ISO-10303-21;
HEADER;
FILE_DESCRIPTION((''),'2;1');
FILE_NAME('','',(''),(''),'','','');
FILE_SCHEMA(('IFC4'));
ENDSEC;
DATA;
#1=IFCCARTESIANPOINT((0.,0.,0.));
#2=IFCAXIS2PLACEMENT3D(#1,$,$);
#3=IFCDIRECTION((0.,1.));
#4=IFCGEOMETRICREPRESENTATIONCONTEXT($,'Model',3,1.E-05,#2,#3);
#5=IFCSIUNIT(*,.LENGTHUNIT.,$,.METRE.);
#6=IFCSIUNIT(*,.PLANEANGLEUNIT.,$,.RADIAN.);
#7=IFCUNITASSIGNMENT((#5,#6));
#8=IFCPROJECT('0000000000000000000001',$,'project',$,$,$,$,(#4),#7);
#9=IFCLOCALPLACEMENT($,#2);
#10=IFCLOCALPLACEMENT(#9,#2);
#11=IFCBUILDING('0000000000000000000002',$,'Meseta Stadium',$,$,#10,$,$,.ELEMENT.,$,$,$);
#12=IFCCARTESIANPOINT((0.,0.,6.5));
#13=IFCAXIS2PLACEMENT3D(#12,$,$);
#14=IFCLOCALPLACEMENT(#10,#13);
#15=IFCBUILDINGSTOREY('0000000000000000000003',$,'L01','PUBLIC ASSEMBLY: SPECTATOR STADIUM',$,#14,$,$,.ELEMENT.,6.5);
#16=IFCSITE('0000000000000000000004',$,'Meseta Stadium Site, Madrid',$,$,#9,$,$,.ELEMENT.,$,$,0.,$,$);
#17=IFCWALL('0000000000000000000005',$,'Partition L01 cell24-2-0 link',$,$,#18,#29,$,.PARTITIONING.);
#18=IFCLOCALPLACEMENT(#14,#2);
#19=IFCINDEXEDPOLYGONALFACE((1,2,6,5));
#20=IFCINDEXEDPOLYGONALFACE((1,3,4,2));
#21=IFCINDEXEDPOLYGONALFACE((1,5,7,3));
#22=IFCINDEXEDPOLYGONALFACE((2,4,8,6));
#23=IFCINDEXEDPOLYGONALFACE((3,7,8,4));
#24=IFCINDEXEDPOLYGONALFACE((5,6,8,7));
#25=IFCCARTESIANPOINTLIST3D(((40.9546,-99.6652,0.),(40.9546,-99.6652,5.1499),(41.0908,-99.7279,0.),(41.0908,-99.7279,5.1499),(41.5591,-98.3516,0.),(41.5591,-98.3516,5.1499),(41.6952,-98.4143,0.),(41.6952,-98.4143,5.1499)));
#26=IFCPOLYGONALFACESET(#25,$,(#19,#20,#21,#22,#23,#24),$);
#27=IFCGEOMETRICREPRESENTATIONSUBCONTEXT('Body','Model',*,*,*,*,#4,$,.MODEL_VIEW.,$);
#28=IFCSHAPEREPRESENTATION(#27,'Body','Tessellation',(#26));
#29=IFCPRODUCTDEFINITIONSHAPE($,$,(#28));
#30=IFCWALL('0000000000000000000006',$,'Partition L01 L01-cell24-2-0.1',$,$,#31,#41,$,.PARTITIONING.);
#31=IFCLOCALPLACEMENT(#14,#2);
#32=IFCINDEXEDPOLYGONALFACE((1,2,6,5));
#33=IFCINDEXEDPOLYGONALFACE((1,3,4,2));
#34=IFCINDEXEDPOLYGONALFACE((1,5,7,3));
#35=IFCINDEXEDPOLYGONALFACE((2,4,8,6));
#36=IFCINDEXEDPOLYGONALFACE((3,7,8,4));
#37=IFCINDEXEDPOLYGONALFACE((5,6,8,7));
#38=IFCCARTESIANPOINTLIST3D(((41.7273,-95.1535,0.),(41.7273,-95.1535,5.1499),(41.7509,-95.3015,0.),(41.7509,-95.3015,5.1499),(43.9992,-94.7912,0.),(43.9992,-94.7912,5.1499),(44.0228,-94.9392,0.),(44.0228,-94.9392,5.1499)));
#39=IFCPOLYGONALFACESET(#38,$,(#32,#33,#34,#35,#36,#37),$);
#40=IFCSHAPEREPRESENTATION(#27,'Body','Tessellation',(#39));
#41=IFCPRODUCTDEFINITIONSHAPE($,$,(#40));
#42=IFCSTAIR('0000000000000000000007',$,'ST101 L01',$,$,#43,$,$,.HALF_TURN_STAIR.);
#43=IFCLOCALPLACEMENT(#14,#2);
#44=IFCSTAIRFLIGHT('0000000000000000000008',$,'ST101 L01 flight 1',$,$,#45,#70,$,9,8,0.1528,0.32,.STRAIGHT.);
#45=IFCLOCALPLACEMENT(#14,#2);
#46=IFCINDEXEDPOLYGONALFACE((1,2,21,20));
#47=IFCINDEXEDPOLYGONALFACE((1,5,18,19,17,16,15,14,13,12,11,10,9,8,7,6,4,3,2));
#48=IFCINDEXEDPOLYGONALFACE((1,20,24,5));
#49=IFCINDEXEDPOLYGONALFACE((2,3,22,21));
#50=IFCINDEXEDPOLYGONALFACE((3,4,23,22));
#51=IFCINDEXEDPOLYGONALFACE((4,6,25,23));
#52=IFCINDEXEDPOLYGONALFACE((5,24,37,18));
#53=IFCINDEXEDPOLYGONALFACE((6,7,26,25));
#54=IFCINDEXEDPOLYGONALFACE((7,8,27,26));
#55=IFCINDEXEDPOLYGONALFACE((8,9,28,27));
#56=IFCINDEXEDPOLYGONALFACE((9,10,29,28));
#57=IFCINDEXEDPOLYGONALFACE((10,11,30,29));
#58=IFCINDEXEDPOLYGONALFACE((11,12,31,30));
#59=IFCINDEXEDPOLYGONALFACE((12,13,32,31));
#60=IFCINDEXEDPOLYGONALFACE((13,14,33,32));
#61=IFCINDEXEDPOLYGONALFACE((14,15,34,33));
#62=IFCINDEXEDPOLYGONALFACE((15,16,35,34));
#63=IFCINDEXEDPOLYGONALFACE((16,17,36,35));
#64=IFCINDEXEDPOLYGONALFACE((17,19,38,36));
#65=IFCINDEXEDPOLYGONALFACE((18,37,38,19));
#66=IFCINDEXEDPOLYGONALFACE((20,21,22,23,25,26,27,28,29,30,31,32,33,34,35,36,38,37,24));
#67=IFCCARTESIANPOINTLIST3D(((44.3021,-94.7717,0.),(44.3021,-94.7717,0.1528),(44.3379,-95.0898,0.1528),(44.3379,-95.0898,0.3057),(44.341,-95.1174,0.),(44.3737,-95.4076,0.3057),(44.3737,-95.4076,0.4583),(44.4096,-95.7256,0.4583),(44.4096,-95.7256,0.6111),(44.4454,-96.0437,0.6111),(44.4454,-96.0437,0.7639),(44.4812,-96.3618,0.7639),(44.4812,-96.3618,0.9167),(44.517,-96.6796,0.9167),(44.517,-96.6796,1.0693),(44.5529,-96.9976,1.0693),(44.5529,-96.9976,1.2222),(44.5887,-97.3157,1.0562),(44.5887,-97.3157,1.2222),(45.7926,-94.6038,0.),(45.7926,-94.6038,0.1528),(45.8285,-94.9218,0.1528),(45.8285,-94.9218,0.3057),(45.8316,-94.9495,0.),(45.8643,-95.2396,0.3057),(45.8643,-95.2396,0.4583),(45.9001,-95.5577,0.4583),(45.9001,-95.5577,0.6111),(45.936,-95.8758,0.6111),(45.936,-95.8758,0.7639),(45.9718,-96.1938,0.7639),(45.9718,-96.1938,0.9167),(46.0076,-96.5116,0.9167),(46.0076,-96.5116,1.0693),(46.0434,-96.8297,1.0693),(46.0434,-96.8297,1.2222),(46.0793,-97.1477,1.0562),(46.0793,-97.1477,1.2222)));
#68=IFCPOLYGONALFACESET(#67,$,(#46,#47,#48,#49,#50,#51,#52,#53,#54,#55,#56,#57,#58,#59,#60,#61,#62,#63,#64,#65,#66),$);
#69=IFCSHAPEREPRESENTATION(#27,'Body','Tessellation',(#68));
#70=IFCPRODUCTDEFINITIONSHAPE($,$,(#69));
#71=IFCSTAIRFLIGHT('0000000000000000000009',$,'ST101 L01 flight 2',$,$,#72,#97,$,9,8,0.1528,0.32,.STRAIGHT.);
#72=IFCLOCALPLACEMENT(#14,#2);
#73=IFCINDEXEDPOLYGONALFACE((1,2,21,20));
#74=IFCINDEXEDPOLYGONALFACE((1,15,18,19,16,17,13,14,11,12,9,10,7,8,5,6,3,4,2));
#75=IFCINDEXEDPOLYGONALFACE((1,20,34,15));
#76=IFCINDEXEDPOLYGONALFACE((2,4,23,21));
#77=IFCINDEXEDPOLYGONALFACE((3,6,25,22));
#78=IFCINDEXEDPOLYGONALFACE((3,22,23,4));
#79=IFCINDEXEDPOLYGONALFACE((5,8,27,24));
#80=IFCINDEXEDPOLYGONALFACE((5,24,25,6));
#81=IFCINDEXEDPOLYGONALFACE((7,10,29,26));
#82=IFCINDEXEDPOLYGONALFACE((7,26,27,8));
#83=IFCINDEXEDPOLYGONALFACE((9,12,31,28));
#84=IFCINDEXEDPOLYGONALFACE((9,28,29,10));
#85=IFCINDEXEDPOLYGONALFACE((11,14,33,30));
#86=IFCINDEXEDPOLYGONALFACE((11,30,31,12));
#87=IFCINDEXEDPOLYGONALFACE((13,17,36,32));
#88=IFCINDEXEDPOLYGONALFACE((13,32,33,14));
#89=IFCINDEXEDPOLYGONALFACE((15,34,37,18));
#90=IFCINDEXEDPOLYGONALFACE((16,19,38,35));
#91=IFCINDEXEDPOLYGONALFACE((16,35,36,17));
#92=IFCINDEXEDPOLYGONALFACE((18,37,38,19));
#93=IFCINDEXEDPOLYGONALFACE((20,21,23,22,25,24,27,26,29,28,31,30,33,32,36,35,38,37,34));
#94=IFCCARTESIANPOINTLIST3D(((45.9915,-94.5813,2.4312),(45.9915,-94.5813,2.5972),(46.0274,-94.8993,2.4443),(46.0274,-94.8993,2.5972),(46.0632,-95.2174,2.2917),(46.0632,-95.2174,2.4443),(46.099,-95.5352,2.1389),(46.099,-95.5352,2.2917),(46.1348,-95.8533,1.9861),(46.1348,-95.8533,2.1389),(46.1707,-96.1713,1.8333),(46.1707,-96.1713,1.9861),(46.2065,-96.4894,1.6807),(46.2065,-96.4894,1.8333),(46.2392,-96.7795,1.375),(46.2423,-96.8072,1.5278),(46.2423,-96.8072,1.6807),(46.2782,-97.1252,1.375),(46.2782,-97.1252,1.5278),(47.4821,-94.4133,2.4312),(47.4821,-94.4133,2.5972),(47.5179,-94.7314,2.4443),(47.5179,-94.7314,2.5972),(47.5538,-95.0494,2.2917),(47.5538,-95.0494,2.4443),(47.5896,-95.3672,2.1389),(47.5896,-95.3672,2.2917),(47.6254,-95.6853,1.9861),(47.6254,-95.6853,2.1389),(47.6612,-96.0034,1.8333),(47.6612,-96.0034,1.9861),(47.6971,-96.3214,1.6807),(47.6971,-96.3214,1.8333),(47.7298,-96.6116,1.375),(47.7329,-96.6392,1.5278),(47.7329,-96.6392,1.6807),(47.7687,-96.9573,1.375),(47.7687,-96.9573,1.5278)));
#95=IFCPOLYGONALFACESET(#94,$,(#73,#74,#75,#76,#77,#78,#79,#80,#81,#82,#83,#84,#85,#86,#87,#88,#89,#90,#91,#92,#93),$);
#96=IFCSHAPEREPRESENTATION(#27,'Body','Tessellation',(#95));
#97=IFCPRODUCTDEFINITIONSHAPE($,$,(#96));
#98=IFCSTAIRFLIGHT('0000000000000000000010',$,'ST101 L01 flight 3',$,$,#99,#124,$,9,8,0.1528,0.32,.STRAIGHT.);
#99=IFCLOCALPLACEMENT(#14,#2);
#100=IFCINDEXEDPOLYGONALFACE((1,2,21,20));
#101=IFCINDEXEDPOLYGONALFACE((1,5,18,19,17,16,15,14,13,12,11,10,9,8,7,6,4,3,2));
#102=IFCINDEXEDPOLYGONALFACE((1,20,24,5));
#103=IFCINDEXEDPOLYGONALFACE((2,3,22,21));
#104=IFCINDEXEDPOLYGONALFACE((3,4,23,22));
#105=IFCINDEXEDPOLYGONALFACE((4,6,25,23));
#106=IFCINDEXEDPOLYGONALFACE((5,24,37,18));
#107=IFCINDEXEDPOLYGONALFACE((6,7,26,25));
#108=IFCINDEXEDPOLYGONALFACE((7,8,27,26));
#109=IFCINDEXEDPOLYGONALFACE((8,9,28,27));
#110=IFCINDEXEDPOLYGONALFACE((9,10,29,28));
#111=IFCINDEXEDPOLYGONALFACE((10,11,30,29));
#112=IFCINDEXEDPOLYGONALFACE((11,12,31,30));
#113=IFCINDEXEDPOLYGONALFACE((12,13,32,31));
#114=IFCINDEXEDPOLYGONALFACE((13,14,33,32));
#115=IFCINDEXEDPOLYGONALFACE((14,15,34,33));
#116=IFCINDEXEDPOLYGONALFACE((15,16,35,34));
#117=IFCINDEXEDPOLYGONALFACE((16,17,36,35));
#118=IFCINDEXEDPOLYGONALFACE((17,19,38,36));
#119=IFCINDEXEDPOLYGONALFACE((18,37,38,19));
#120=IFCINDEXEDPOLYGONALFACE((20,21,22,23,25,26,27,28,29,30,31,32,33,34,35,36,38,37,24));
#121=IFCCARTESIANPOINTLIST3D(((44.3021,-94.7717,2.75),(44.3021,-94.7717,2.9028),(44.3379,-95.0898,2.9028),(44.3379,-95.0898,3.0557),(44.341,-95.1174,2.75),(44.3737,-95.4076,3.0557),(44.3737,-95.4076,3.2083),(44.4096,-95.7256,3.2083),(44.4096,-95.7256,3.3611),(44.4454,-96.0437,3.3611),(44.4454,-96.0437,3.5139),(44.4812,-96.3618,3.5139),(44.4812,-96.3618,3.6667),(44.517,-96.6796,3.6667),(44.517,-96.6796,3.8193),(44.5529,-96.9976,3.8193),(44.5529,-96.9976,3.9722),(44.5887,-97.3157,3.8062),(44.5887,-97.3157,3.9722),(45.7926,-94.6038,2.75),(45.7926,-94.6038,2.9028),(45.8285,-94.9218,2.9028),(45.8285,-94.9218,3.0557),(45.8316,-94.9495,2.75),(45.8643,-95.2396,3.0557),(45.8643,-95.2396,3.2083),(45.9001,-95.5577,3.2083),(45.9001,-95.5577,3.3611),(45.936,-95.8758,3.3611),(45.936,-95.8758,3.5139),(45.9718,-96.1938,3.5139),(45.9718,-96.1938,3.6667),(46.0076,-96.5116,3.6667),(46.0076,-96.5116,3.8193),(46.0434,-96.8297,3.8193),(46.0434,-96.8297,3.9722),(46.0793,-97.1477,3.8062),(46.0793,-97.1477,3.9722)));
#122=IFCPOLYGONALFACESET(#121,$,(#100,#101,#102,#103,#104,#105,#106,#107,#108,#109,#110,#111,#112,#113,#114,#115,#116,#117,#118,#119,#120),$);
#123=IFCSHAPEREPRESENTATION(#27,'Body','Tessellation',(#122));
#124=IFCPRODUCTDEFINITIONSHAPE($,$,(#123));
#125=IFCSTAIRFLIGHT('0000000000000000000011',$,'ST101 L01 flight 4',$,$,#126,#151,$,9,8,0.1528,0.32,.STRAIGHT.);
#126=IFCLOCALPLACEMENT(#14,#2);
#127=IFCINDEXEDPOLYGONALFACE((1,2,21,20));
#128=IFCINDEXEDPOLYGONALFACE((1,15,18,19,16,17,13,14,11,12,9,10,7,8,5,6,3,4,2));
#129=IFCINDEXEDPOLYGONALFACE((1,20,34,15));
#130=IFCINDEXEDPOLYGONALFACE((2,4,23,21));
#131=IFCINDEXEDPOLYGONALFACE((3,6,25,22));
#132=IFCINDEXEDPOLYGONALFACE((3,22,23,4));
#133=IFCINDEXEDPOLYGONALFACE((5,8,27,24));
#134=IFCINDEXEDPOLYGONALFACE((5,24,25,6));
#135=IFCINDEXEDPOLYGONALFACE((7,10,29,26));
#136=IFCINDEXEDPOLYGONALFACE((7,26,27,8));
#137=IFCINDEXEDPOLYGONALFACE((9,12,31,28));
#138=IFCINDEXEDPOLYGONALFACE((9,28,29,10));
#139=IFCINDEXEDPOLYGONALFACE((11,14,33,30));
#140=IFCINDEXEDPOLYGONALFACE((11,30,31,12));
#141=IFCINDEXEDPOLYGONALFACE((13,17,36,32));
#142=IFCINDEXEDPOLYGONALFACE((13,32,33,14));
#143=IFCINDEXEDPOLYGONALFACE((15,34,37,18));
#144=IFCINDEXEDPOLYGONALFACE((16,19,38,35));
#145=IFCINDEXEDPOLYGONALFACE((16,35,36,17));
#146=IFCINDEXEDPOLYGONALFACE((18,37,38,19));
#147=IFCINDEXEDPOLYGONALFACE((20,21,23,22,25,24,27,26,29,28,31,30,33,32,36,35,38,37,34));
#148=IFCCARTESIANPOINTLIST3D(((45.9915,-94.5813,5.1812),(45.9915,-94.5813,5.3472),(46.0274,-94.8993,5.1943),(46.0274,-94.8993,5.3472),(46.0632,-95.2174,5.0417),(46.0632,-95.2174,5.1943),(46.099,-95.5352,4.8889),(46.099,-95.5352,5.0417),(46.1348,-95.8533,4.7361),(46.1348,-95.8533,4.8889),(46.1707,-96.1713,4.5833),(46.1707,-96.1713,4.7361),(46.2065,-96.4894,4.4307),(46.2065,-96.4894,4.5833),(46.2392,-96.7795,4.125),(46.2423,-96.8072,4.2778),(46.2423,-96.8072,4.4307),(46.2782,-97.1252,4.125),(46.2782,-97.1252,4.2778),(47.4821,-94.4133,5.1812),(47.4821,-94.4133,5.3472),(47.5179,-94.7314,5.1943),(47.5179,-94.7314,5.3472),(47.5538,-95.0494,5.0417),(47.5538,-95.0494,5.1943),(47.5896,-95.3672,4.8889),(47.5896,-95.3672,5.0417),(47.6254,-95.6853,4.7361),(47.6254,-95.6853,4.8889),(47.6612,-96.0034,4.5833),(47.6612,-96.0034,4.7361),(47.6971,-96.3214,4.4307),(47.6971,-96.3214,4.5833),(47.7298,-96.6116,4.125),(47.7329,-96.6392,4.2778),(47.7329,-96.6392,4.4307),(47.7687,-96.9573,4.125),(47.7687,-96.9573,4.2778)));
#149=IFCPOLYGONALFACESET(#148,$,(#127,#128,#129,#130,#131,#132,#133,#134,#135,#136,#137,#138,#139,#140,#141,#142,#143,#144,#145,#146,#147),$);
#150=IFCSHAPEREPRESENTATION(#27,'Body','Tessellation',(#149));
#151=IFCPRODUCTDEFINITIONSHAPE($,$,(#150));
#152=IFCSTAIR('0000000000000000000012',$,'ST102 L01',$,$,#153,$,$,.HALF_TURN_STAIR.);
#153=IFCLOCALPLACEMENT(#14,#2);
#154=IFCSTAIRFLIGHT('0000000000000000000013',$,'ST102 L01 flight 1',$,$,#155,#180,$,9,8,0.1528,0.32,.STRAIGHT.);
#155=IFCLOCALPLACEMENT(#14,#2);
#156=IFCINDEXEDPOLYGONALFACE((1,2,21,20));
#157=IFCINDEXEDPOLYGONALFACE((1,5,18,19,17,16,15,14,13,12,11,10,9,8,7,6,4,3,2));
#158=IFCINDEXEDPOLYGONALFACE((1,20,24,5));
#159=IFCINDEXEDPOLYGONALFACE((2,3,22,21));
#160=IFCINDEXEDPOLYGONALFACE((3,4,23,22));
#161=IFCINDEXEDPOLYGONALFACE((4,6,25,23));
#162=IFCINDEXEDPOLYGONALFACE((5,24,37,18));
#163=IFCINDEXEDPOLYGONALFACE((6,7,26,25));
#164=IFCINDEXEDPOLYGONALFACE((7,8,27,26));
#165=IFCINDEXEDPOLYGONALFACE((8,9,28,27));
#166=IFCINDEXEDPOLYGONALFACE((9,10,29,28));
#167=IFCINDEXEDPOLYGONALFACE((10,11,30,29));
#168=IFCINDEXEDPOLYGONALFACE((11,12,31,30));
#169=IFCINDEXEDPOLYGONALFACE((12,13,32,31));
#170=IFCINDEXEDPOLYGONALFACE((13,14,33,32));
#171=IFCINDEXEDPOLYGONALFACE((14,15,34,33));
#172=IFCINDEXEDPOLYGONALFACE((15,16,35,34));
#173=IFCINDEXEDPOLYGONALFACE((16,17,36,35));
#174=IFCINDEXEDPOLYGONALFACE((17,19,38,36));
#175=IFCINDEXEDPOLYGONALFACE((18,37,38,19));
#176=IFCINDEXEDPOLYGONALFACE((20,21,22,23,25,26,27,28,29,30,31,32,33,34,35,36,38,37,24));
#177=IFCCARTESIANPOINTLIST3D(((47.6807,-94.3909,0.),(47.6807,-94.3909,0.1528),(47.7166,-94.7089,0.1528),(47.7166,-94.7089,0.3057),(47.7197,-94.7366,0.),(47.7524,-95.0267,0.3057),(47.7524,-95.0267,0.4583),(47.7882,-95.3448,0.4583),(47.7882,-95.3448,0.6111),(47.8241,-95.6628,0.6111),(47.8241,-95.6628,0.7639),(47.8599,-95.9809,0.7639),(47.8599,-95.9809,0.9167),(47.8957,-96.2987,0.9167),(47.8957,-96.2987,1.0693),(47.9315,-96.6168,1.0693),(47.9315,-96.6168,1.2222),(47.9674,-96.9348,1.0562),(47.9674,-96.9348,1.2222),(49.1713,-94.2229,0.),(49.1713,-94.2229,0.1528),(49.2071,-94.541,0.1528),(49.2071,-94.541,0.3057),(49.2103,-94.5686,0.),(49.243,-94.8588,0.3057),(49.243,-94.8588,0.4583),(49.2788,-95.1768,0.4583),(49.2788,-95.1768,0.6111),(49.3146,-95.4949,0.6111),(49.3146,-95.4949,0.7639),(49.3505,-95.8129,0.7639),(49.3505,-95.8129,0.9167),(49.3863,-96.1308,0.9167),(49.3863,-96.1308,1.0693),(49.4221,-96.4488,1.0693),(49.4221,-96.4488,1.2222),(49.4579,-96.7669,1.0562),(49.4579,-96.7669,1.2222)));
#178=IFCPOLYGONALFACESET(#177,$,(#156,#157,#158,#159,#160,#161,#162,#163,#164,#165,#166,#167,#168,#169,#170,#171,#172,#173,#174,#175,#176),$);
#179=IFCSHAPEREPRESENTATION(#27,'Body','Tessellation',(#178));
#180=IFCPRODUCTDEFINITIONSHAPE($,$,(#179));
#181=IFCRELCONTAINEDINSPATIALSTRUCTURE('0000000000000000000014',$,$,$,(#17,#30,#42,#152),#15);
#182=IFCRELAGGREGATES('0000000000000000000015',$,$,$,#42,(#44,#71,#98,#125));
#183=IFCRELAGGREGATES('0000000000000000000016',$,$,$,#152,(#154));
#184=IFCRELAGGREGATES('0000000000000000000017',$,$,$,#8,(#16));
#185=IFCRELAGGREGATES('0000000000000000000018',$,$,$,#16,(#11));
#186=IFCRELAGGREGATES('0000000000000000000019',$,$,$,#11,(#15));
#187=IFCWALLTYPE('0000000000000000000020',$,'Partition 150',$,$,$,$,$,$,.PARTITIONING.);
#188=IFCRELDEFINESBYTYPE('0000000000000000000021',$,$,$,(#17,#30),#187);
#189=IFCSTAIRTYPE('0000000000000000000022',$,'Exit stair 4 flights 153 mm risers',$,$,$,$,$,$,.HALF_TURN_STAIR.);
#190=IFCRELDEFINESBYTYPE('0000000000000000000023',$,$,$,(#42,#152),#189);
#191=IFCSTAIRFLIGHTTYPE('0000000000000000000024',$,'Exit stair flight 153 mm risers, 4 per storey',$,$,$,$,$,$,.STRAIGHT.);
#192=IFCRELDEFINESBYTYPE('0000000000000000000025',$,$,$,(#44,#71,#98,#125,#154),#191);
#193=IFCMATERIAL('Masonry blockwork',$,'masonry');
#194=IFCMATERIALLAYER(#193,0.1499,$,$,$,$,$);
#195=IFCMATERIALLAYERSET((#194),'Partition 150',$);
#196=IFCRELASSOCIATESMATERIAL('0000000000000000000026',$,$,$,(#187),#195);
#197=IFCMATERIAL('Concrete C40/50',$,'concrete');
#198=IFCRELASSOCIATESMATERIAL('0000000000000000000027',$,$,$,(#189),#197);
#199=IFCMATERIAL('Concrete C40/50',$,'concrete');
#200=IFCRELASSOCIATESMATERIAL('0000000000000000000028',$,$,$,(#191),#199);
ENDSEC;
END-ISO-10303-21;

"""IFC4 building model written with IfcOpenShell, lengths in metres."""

from ifc_helpers import new_model, si_unit, direction, frame, frame_2d, origin, place, context, subcontext, project, spatial, polyline, rectangle, outline, extrude, material, layer, layer_set, type_object, element, aggregate, save


model = new_model("IFC4")

# Units and contexts
model_context = context("Model", 3, precision=1e-05, world=origin(), true_north=direction((0.0, 1.0)))
body_context = subcontext(model_context, "Body", "Model", "MODEL_VIEW")
ifc_project = project(units=[si_unit("LENGTHUNIT", "METRE"), si_unit("PLANEANGLEUNIT", "RADIAN")], contexts=[model_context])

# Site, building, storey
site_placement = place(None, origin())
site = spatial("IfcSite", under=ifc_project, at=site_placement, Name="Meseta Stadium Site, Madrid", CompositionType="ELEMENT", RefElevation=0.0)
building_placement = place(site_placement, origin())
building = spatial("IfcBuilding", under=site, at=building_placement, Name="Meseta Stadium", CompositionType="ELEMENT")
storey_placement = place(building_placement, frame((0.0, 0.0, 6.5)))
storey = spatial("IfcBuildingStorey", under=building, at=storey_placement, Name="L01", Description="PUBLIC ASSEMBLY: SPECTATOR STADIUM", CompositionType="ELEMENT", Elevation=6.5)

# Walls
ifc_material_1 = material(Name="Masonry blockwork", Category="masonry")
ifc_layer_1 = layer(ifc_material_1, 0.1499)
ifc_layer_set_1 = layer_set([ifc_layer_1], Name="Partition 150")
wall_type_1 = type_object("IfcWallType", Name="Partition 150", PredefinedType="PARTITIONING", material=ifc_layer_set_1)
wall_1_placement = place(storey_placement, frame((41.6272, -98.3828, 0.0), z_axis=(0.0, 0.0, 1.0), x_axis=(-0.418009, -0.908443, 0.0)))
element("IfcWall", 1, at=wall_1_placement, inside=storey, type_object=wall_type_1, Name="Partition L01 cell24-2-0 link", PredefinedType="PARTITIONING", context=body_context, shape_type="SweptSolid", body=[
    extrude(rectangle(XDim=1.446, YDim=0.1499, at=frame_2d((0.7231, 0.0))), origin(), (0.0, 0.0, 1.0), 5.1499),
])
wall_2_placement = place(storey_placement, frame((41.739, -95.2275, 0.0), z_axis=(0.0, 0.0, 1.0), x_axis=(0.98752, 0.157494, 0.0)))
element("IfcWall", 2, at=wall_2_placement, inside=storey, type_object=wall_type_1, Name="Partition L01 L01-cell24-2-0.1", PredefinedType="PARTITIONING", context=body_context, shape_type="SweptSolid", body=[
    extrude(rectangle(XDim=2.3005, YDim=0.1499, at=frame_2d((1.1504, 0.0))), origin(), (0.0, 0.0, 1.0), 5.1499),
])

# Stairs, stair flights
ifc_material_2 = material(Name="Concrete C40/50", Category="concrete")
stair_type = type_object("IfcStairType", Name="Exit stair 4 flights 153 mm risers", PredefinedType="HALF_TURN_STAIR", material=ifc_material_2)
stair_1_placement = place(storey_placement, origin())
stair_1 = element("IfcStair", 3, at=stair_1_placement, inside=storey, type_object=stair_type, Name="ST101 L01", PredefinedType="HALF_TURN_STAIR")
ifc_material_3 = material(Name="Concrete C40/50", Category="concrete")
stair_flight_type = type_object("IfcStairFlightType", Name="Exit stair flight 153 mm risers, 4 per storey", PredefinedType="STRAIGHT", material=ifc_material_3)
stair_flight_1_placement = place(storey_placement, frame((45.0474, -94.6877, 0.0), z_axis=(0.0, 0.0, 1.0), x_axis=(0.111964, -0.993712, 0.0)))
stair_flight_1 = element("IfcStairFlight", 4, at=stair_flight_1_placement, type_object=stair_flight_type, Name="ST101 L01 flight 1", NumberOfRisers=9, NumberOfTreads=8, PredefinedType="STRAIGHT", RiserHeight=0.1528, TreadLength=0.32, context=body_context, shape_type="SweptSolid", body=[
    extrude(outline(polyline([(0.0, 0.0), (0.0, 0.1528), (0.3201, 0.1528), (0.3201, 0.3057), (0.6399, 0.3057), (0.6399, 0.4583), (0.96, 0.4583), (0.96, 0.6111), (1.28, 0.6111), (1.28, 0.7639), (1.6001, 0.7639), (1.6001, 0.9167), (1.9199, 0.9167), (1.9199, 1.0693), (2.24, 1.0693), (2.24, 1.2222), (2.5601, 1.2222), (2.5601, 1.0562), (0.3479, 0.0), (0.0, 0.0)])), frame((0.0, 0.75, 0.0), z_axis=(0.0, -1.0, 0.0), x_axis=(1.0, 0.0, 0.0)), (0.0, 0.0, 1.0), 1.5),
])
stair_flight_2_placement = place(storey_placement, frame((47.0234, -97.0413, 1.375), z_axis=(0.0, 0.0, 1.0), x_axis=(-0.111964, 0.993712, 0.0)))
stair_flight_2 = element("IfcStairFlight", 5, at=stair_flight_2_placement, type_object=stair_flight_type, Name="ST101 L01 flight 2", NumberOfRisers=9, NumberOfTreads=8, PredefinedType="STRAIGHT", RiserHeight=0.1528, TreadLength=0.32, context=body_context, shape_type="SweptSolid", body=[
    extrude(outline(polyline([(0.0, 0.0), (0.0, 0.1528), (0.3201, 0.1528), (0.3201, 0.3057), (0.6399, 0.3057), (0.6399, 0.4583), (0.96, 0.4583), (0.96, 0.6111), (1.28, 0.6111), (1.28, 0.7639), (1.6001, 0.7639), (1.6001, 0.9167), (1.9199, 0.9167), (1.9199, 1.0693), (2.24, 1.0693), (2.24, 1.2222), (2.5601, 1.2222), (2.5601, 1.0562), (0.3479, 0.0), (0.0, 0.0)])), frame((0.0, 0.75, 0.0), z_axis=(0.0, -1.0, 0.0), x_axis=(1.0, 0.0, 0.0)), (0.0, 0.0, 1.0), 1.5),
])
stair_flight_3_placement = place(storey_placement, frame((45.0474, -94.6877, 2.75), z_axis=(0.0, 0.0, 1.0), x_axis=(0.111964, -0.993712, 0.0)))
stair_flight_3 = element("IfcStairFlight", 6, at=stair_flight_3_placement, type_object=stair_flight_type, Name="ST101 L01 flight 3", NumberOfRisers=9, NumberOfTreads=8, PredefinedType="STRAIGHT", RiserHeight=0.1528, TreadLength=0.32, context=body_context, shape_type="SweptSolid", body=[
    extrude(outline(polyline([(0.0, 0.0), (0.0, 0.1528), (0.3201, 0.1528), (0.3201, 0.3057), (0.6399, 0.3057), (0.6399, 0.4583), (0.96, 0.4583), (0.96, 0.6111), (1.28, 0.6111), (1.28, 0.7639), (1.6001, 0.7639), (1.6001, 0.9167), (1.9199, 0.9167), (1.9199, 1.0693), (2.24, 1.0693), (2.24, 1.2222), (2.5601, 1.2222), (2.5601, 1.0562), (0.3479, 0.0), (0.0, 0.0)])), frame((0.0, 0.75, 0.0), z_axis=(0.0, -1.0, 0.0), x_axis=(1.0, 0.0, 0.0)), (0.0, 0.0, 1.0), 1.5),
])
stair_flight_4_placement = place(storey_placement, frame((47.0234, -97.0413, 4.125), z_axis=(0.0, 0.0, 1.0), x_axis=(-0.111964, 0.993712, 0.0)))
stair_flight_4 = element("IfcStairFlight", 7, at=stair_flight_4_placement, type_object=stair_flight_type, Name="ST101 L01 flight 4", NumberOfRisers=9, NumberOfTreads=8, PredefinedType="STRAIGHT", RiserHeight=0.1528, TreadLength=0.32, context=body_context, shape_type="SweptSolid", body=[
    extrude(outline(polyline([(0.0, 0.0), (0.0, 0.1528), (0.3201, 0.1528), (0.3201, 0.3057), (0.6399, 0.3057), (0.6399, 0.4583), (0.96, 0.4583), (0.96, 0.6111), (1.28, 0.6111), (1.28, 0.7639), (1.6001, 0.7639), (1.6001, 0.9167), (1.9199, 0.9167), (1.9199, 1.0693), (2.24, 1.0693), (2.24, 1.2222), (2.5601, 1.2222), (2.5601, 1.0562), (0.3479, 0.0), (0.0, 0.0)])), frame((0.0, 0.75, 0.0), z_axis=(0.0, -1.0, 0.0), x_axis=(1.0, 0.0, 0.0)), (0.0, 0.0, 1.0), 1.5),
])
aggregate(stair_1, [stair_flight_1, stair_flight_2, stair_flight_3, stair_flight_4])
stair_2_placement = place(storey_placement, origin())
stair_2 = element("IfcStair", 8, at=stair_2_placement, inside=storey, type_object=stair_type, Name="ST102 L01", PredefinedType="HALF_TURN_STAIR")
stair_flight_5_placement = place(storey_placement, frame((48.426, -94.3069, 0.0), z_axis=(0.0, 0.0, 1.0), x_axis=(0.111964, -0.993712, 0.0)))
stair_flight_5 = element("IfcStairFlight", 9, at=stair_flight_5_placement, type_object=stair_flight_type, Name="ST102 L01 flight 1", NumberOfRisers=9, NumberOfTreads=8, PredefinedType="STRAIGHT", RiserHeight=0.1528, TreadLength=0.32, context=body_context, shape_type="SweptSolid", body=[
    extrude(outline(polyline([(0.0, 0.0), (0.0, 0.1528), (0.3201, 0.1528), (0.3201, 0.3057), (0.6399, 0.3057), (0.6399, 0.4583), (0.96, 0.4583), (0.96, 0.6111), (1.28, 0.6111), (1.28, 0.7639), (1.6001, 0.7639), (1.6001, 0.9167), (1.9199, 0.9167), (1.9199, 1.0693), (2.24, 1.0693), (2.24, 1.2222), (2.5601, 1.2222), (2.5601, 1.0562), (0.3479, 0.0), (0.0, 0.0)])), frame((0.0, 0.75, 0.0), z_axis=(0.0, -1.0, 0.0), x_axis=(1.0, 0.0, 0.0)), (0.0, 0.0, 1.0), 1.5),
])
aggregate(stair_2, [stair_flight_5])

save(model, "model.ifc")
